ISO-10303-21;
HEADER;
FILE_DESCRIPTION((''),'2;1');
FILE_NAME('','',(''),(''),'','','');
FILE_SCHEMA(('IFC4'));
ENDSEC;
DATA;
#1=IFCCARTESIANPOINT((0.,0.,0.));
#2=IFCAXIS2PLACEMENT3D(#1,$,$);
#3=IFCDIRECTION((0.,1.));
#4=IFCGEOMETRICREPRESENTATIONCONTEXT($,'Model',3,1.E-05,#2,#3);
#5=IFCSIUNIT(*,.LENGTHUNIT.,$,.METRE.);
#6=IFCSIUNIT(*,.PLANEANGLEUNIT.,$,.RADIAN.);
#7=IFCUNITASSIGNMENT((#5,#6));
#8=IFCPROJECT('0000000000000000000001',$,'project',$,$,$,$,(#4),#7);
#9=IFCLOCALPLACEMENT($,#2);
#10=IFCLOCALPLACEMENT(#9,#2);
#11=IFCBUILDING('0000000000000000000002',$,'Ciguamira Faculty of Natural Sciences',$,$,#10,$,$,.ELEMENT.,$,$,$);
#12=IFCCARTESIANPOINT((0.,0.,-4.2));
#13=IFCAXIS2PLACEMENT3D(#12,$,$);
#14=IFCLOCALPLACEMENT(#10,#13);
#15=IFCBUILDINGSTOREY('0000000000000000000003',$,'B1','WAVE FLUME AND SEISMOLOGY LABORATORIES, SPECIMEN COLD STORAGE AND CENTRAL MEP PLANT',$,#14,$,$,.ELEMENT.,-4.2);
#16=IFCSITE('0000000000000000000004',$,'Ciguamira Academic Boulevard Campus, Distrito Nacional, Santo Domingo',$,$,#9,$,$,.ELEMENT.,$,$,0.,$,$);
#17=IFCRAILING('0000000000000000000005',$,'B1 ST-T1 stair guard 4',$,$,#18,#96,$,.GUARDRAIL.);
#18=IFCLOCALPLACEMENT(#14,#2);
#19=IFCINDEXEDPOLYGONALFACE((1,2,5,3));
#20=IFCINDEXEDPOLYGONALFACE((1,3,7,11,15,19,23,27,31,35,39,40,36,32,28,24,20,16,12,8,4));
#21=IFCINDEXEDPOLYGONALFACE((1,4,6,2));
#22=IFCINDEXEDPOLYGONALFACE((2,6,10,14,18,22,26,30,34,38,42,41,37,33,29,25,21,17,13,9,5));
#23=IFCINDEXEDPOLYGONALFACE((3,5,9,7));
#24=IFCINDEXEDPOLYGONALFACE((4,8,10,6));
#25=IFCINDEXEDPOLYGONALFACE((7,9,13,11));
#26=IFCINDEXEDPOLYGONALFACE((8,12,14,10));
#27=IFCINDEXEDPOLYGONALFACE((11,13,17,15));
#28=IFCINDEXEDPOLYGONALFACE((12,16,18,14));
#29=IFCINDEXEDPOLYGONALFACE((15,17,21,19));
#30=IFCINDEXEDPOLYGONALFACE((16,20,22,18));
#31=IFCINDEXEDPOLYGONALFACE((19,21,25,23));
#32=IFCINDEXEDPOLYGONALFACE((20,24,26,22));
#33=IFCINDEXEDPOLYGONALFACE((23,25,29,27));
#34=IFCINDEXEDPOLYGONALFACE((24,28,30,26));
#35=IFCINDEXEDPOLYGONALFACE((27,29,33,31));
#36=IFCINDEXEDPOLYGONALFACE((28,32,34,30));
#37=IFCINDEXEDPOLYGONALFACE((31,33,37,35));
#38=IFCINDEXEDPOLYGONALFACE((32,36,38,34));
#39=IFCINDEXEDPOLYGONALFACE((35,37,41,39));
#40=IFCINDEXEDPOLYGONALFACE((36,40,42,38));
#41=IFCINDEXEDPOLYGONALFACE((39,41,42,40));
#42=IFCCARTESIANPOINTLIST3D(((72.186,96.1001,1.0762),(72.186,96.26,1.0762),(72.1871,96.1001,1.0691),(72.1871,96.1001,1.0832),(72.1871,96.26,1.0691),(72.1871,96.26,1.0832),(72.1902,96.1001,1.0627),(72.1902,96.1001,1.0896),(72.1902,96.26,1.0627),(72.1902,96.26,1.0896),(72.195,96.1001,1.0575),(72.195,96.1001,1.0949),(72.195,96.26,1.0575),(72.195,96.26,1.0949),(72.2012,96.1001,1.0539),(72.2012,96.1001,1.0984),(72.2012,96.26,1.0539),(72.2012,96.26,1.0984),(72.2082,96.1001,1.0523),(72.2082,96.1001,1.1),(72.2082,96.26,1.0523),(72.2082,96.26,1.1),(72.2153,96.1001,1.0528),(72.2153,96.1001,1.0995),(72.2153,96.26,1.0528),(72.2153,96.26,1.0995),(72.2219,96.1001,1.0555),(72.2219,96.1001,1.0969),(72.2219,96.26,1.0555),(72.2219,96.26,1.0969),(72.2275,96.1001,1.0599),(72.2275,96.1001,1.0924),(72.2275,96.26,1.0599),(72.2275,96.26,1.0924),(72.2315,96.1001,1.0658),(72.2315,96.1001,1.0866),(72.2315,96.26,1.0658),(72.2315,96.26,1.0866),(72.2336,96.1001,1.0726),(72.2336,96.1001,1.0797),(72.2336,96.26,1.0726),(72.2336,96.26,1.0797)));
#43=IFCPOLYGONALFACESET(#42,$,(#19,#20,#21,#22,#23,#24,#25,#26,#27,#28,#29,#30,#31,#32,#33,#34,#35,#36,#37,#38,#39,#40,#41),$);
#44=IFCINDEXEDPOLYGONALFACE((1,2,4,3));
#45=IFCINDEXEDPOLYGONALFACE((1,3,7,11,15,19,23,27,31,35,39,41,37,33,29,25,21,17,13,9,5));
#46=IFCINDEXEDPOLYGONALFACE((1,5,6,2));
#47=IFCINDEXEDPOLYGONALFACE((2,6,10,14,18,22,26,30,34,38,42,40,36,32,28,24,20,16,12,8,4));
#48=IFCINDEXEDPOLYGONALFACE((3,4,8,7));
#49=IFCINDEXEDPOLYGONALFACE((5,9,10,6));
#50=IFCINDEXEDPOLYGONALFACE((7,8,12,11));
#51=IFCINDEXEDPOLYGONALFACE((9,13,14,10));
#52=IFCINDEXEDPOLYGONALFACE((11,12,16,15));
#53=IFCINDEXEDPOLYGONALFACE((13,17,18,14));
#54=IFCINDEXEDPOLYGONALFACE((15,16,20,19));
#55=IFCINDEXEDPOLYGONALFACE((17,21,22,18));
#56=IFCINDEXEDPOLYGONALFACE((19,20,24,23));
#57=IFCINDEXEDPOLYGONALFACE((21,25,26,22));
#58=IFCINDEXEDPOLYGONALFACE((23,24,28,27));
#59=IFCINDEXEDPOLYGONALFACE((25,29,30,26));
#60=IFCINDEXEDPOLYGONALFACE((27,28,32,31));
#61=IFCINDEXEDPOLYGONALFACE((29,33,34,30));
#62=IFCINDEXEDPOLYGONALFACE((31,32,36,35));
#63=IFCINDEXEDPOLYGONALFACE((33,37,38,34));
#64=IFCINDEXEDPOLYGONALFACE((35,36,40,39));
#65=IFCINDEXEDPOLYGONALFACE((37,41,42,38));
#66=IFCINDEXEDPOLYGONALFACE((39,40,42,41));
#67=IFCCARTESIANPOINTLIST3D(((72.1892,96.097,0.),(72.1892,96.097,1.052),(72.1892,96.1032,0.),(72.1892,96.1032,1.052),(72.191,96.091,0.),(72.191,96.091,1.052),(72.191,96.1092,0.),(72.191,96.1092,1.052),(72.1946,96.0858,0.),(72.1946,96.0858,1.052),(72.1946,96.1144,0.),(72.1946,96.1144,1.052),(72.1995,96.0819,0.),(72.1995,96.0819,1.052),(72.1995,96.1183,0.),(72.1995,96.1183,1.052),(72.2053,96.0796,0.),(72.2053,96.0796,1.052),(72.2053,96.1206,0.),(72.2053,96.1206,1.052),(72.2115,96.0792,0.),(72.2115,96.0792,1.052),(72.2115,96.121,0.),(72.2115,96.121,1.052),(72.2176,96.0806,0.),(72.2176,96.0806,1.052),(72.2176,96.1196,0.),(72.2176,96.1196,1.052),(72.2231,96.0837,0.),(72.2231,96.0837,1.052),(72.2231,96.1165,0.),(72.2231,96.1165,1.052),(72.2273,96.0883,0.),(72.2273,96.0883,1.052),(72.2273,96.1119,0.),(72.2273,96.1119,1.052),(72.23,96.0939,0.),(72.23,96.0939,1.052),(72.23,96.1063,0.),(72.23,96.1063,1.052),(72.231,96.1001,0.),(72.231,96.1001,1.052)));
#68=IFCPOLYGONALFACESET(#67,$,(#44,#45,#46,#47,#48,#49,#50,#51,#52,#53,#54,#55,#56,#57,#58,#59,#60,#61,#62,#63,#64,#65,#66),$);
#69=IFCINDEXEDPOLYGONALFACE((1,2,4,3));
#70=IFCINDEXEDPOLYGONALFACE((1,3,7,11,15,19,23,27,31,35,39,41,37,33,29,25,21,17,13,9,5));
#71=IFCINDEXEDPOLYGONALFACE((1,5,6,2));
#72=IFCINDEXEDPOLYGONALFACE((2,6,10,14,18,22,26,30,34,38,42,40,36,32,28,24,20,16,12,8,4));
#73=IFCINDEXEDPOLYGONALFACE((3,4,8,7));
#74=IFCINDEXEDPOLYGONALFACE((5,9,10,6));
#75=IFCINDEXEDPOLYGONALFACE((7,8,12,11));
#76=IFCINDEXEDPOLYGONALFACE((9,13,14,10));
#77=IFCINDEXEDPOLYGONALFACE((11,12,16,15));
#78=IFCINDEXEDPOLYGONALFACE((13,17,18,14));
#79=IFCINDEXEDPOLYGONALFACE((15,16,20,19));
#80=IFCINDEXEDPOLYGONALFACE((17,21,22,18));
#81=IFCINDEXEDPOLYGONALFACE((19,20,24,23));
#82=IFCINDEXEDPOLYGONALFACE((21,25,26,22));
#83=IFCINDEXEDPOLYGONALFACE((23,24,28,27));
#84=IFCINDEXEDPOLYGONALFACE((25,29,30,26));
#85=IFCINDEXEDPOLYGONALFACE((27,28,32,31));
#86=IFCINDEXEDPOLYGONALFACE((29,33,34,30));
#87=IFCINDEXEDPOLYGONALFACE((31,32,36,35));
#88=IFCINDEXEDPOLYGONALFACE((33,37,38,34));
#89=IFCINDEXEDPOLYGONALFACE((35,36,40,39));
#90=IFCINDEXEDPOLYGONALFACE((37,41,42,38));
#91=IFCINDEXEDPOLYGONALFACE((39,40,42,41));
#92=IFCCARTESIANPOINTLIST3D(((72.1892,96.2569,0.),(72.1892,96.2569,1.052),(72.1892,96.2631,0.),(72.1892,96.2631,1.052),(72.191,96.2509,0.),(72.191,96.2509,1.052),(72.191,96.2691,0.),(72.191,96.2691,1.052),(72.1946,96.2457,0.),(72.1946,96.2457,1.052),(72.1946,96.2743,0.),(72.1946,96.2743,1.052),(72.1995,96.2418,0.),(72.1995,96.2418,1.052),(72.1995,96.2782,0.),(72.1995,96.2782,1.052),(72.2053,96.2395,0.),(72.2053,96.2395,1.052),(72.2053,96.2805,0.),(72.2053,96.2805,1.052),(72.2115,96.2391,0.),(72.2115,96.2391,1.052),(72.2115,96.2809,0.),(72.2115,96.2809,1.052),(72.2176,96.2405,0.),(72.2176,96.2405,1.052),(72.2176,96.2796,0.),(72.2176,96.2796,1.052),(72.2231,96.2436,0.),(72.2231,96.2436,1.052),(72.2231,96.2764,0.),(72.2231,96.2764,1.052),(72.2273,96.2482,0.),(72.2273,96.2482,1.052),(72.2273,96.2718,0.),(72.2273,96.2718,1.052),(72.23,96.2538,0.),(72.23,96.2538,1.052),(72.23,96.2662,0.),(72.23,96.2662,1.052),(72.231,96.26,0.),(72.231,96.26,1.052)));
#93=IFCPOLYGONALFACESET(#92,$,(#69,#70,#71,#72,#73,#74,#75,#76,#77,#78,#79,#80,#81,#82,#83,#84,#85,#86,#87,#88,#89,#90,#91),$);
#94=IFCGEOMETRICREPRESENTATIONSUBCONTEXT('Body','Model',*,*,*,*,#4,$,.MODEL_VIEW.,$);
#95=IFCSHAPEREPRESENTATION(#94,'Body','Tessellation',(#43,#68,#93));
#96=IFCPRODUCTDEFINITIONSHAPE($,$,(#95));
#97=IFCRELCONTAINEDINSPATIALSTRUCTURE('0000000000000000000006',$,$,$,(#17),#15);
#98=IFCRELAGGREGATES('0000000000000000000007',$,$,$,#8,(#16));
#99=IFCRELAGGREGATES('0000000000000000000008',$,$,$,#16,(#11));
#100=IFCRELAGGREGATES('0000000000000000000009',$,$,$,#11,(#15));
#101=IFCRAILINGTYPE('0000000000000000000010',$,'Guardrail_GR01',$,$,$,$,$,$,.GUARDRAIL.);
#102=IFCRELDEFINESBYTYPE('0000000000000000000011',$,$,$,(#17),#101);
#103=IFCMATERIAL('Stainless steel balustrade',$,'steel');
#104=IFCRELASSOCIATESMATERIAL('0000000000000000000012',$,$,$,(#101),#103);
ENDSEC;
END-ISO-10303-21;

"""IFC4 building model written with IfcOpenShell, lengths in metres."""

from ifc_helpers import new_model, si_unit, direction, frame, origin, origin_2d, place, context, subcontext, project, spatial, circle, extrude, material, type_object, element, save


model = new_model("IFC4")

# Units and contexts
model_context = context("Model", 3, precision=1e-05, world=origin(), true_north=direction((0.0, 1.0)))
body_context = subcontext(model_context, "Body", "Model", "MODEL_VIEW")
ifc_project = project(units=[si_unit("LENGTHUNIT", "METRE"), si_unit("PLANEANGLEUNIT", "RADIAN")], contexts=[model_context])

# Site, building, storey
site_placement = place(None, origin())
site = spatial("IfcSite", under=ifc_project, at=site_placement, Name="Ciguamira Academic Boulevard Campus, Distrito Nacional, Santo Domingo", CompositionType="ELEMENT", RefElevation=0.0)
building_placement = place(site_placement, origin())
building = spatial("IfcBuilding", under=site, at=building_placement, Name="Ciguamira Faculty of Natural Sciences", CompositionType="ELEMENT")
storey_placement = place(building_placement, frame((0.0, 0.0, -4.2)))
storey = spatial("IfcBuildingStorey", under=building, at=storey_placement, Name="B1", Description="WAVE FLUME AND SEISMOLOGY LABORATORIES, SPECIMEN COLD STORAGE AND CENTRAL MEP PLANT", CompositionType="ELEMENT", Elevation=-4.2)

# Railing
ifc_material_1 = material(Name="Stainless steel balustrade", Category="steel")
railing_type_1 = type_object("IfcRailingType", Name="Guardrail_GR01", PredefinedType="GUARDRAIL", material=ifc_material_1)
railing_1_placement = place(storey_placement, frame((72.21, 96.1001, 0.0)))
element("IfcRailing", 1, at=railing_1_placement, inside=storey, type_object=railing_type_1, Name="B1 ST-T1 stair guard 4", PredefinedType="GUARDRAIL", context=body_context, shape_type="SweptSolid", body=[
    extrude(circle(Radius=0.0239, at=origin_2d()), frame((0.0, 0.0, 1.0762), z_axis=(0.0, 1.0, 0.0), x_axis=(-1.0, 0.0, 0.0)), (0.0, 0.0, 1.0), 0.1599),
    extrude(circle(Radius=0.021, at=origin_2d()), origin(), (0.0, 0.0, 1.0), 1.052),
    extrude(circle(Radius=0.021, at=origin_2d()), frame((0.0, 0.1599, 0.0)), (0.0, 0.0, 1.0), 1.052),
])

save(model, "model.ifc")
